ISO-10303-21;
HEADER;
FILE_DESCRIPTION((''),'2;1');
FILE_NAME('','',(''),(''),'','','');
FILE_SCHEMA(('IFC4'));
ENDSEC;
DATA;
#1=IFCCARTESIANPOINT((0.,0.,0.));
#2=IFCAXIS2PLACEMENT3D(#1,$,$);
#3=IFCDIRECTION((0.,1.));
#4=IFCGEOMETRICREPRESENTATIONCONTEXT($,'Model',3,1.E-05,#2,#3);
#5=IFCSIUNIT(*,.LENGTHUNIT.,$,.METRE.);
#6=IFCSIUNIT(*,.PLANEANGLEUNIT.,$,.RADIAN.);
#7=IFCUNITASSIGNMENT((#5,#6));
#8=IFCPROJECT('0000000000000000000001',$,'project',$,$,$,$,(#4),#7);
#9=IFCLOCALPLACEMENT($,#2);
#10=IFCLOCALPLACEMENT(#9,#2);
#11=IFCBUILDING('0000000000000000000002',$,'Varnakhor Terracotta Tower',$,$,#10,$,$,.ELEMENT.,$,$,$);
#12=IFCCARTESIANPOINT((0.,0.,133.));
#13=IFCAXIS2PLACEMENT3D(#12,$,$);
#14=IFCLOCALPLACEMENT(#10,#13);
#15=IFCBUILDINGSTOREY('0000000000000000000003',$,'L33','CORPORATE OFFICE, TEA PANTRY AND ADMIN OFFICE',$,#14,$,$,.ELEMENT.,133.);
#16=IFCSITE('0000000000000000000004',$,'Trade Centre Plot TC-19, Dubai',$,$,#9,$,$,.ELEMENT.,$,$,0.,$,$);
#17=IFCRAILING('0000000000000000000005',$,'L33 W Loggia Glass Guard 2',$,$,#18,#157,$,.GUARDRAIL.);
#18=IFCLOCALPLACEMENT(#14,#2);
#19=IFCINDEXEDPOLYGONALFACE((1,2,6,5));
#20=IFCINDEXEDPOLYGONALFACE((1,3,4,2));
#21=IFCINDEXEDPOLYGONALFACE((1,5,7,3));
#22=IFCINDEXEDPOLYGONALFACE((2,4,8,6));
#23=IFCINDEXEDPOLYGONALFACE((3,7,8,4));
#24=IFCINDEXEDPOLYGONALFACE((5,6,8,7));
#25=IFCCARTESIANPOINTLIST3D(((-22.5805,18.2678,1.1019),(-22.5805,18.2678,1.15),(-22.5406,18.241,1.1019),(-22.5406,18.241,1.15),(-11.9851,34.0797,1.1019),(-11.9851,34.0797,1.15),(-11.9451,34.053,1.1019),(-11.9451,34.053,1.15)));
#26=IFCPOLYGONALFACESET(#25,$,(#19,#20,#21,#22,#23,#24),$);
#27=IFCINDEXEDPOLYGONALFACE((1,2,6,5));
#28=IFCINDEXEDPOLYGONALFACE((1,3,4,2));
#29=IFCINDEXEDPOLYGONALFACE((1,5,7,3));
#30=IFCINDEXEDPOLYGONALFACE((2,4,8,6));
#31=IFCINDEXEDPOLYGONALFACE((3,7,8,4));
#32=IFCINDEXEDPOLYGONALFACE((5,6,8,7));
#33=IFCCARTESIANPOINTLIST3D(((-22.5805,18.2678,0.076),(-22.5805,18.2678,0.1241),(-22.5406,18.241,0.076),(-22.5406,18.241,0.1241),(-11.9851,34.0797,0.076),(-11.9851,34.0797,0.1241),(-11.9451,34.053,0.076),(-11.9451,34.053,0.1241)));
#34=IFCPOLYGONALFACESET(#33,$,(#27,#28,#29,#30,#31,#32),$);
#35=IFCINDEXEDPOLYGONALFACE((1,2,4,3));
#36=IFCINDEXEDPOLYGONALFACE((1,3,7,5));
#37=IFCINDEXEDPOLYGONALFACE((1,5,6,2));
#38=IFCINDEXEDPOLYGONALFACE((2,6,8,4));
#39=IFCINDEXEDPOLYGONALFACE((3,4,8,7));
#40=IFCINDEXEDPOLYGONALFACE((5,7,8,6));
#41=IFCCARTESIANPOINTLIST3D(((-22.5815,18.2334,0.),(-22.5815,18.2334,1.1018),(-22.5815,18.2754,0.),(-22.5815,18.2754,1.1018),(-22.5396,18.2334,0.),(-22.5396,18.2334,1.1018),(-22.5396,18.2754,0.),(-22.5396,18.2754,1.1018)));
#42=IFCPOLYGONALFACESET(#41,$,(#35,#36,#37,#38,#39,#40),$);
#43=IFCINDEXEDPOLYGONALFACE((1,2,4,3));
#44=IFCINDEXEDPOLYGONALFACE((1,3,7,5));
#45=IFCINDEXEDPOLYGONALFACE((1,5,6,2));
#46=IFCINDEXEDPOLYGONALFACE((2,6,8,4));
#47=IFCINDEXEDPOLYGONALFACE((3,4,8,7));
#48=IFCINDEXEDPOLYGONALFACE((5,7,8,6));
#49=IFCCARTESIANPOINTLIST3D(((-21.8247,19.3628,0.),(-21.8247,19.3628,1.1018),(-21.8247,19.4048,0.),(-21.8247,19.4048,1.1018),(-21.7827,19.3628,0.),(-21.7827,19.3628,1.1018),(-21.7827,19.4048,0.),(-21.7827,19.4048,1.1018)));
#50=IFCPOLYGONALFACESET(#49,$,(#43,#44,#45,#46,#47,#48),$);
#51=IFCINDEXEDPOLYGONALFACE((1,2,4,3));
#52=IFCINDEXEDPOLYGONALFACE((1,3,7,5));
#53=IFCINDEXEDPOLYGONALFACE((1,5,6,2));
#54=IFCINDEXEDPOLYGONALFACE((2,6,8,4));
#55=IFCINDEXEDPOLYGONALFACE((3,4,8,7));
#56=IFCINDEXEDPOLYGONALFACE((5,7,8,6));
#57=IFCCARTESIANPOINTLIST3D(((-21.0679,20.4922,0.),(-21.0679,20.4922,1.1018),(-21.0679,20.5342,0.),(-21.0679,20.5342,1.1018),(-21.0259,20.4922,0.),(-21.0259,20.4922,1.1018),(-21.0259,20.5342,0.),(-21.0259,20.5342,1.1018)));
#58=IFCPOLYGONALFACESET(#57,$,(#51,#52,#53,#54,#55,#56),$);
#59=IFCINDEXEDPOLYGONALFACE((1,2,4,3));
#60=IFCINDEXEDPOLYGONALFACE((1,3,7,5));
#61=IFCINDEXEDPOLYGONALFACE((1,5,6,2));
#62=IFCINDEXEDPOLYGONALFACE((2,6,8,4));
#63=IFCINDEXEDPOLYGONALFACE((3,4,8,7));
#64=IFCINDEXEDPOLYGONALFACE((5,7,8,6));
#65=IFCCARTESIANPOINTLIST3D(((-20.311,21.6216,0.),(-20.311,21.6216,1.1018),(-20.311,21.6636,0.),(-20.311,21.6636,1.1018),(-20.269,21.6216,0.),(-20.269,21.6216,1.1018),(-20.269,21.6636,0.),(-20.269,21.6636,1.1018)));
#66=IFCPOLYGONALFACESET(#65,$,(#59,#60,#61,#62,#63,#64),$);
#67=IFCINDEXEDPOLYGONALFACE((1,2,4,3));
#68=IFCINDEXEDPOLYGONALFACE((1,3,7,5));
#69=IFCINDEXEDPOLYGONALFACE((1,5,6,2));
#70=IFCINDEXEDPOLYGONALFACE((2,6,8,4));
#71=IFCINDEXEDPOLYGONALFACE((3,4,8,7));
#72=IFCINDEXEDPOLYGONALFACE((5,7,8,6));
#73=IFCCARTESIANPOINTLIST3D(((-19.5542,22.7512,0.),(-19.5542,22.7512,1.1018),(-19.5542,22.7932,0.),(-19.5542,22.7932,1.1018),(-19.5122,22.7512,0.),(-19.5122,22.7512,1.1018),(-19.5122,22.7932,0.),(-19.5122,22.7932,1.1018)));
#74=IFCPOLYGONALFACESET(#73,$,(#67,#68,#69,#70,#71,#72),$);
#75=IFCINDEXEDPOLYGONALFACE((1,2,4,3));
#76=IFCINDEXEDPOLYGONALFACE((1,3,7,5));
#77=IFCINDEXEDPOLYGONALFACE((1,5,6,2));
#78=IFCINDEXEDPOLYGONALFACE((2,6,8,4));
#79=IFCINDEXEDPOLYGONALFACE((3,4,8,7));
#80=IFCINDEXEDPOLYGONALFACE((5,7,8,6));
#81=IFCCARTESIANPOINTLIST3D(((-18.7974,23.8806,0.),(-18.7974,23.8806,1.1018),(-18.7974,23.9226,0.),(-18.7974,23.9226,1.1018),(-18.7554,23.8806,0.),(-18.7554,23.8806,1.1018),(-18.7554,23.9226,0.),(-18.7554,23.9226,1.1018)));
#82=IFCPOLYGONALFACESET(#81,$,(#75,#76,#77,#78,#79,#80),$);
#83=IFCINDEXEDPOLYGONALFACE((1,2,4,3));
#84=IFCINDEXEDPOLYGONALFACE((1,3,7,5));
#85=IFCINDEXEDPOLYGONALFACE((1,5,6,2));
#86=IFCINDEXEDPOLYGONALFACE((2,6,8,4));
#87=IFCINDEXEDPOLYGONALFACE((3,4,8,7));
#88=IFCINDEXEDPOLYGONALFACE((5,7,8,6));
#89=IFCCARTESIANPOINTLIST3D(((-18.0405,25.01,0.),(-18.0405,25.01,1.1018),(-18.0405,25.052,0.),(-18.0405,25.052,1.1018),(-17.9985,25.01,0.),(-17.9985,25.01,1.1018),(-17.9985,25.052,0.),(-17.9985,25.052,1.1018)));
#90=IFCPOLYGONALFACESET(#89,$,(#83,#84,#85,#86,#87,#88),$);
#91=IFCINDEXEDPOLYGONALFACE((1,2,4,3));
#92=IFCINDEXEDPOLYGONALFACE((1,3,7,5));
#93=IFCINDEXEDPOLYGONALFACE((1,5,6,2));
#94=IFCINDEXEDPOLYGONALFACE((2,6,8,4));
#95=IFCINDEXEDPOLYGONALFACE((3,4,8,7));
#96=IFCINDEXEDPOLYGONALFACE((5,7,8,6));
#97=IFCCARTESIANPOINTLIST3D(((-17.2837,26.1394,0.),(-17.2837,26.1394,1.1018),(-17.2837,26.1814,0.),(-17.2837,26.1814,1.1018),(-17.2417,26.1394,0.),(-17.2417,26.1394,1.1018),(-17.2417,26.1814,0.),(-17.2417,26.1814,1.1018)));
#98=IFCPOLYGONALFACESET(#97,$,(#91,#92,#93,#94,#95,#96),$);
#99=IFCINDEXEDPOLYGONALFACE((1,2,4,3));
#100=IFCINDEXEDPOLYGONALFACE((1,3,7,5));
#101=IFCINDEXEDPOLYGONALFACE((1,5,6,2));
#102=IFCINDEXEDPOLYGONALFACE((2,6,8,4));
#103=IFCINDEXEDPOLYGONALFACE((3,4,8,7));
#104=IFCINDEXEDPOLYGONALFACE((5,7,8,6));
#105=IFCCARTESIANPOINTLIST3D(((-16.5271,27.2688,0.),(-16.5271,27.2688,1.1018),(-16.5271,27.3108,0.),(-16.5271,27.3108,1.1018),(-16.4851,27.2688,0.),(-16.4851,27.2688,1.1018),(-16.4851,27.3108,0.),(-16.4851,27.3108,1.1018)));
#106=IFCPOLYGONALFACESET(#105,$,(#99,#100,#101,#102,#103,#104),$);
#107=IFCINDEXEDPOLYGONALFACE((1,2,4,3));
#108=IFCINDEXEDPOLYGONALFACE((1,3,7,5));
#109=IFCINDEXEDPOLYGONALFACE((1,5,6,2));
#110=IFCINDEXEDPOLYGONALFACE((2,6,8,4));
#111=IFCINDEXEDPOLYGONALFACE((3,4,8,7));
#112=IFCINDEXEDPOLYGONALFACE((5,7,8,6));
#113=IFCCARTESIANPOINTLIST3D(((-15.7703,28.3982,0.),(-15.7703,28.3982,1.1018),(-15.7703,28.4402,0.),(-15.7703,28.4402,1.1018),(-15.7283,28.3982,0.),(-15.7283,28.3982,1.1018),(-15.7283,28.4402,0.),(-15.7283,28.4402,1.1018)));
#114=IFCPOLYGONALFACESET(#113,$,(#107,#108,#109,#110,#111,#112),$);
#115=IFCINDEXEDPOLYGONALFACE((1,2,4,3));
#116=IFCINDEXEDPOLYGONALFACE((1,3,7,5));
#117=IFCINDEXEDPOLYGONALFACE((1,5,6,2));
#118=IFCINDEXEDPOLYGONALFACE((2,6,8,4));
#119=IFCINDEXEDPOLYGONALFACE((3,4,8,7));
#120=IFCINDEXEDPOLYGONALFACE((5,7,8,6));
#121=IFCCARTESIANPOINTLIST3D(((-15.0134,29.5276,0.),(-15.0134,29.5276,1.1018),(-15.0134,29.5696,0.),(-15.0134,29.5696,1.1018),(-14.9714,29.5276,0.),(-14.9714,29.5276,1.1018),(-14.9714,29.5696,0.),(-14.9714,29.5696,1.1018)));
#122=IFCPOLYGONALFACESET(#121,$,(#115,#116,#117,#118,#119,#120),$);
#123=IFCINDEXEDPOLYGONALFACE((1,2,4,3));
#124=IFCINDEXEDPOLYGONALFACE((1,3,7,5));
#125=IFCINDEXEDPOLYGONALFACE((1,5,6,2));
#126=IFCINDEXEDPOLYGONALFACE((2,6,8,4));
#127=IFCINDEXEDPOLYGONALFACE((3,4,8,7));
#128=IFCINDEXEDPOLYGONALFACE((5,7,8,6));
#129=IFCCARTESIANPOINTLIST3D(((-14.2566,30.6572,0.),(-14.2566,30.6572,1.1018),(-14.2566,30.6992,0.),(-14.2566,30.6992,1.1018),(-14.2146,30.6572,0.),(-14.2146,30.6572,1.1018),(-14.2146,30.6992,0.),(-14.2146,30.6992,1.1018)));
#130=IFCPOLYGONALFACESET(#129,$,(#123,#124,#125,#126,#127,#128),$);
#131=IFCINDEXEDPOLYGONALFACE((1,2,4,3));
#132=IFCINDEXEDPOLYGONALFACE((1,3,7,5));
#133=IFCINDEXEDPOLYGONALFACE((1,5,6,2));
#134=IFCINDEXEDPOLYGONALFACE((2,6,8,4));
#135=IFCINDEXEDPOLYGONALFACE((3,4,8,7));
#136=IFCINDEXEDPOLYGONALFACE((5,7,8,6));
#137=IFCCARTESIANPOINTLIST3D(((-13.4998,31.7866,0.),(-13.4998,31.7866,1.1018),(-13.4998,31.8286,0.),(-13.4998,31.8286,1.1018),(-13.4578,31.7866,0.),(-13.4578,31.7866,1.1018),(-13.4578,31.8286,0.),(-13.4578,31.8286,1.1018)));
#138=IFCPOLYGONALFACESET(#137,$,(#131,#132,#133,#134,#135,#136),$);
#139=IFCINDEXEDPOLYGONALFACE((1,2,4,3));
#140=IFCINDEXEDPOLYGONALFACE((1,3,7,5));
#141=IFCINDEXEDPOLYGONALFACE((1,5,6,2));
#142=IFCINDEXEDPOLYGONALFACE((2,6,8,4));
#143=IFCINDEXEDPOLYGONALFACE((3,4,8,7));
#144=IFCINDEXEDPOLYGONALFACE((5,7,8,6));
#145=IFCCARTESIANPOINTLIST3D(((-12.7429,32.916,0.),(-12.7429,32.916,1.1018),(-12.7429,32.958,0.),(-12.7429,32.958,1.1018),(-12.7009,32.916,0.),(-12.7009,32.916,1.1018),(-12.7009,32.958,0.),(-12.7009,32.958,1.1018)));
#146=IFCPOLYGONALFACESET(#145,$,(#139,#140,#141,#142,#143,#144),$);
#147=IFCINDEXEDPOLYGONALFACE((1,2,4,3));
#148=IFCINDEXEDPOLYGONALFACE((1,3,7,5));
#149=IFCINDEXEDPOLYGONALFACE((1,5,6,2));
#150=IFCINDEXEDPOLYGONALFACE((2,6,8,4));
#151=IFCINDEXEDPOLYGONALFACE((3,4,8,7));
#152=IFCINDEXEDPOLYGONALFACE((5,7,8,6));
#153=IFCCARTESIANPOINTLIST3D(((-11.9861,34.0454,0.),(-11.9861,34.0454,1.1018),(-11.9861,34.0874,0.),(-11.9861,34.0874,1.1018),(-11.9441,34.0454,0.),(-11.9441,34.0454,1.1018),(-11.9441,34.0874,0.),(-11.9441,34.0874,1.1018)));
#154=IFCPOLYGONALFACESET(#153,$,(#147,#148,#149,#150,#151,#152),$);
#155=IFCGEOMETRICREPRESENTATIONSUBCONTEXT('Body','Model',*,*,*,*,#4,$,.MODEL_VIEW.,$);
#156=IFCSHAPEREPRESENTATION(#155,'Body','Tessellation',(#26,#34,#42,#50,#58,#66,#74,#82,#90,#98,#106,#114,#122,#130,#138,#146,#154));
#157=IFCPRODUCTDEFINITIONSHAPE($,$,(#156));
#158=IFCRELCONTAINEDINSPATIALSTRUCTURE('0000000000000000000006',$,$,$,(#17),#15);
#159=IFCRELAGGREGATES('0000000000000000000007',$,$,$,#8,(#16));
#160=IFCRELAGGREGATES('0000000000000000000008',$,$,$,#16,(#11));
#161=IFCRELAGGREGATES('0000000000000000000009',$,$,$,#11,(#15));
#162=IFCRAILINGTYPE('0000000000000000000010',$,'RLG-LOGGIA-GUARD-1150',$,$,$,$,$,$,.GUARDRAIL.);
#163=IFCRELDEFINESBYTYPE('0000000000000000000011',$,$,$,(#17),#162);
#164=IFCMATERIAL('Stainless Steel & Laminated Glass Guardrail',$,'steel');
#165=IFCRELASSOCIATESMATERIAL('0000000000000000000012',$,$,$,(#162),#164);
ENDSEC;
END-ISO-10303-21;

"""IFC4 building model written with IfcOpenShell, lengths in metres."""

from ifc_helpers import new_model, si_unit, direction, frame, origin, origin_2d, place, context, subcontext, project, spatial, rectangle, extrude, material, type_object, element, save


model = new_model("IFC4")

# Units and contexts
model_context = context("Model", 3, precision=1e-05, world=origin(), true_north=direction((0.0, 1.0)))
body_context = subcontext(model_context, "Body", "Model", "MODEL_VIEW")
ifc_project = project(units=[si_unit("LENGTHUNIT", "METRE"), si_unit("PLANEANGLEUNIT", "RADIAN")], contexts=[model_context])

# Site, building, storey
site_placement = place(None, origin())
site = spatial("IfcSite", under=ifc_project, at=site_placement, Name="Trade Centre Plot TC-19, Dubai", CompositionType="ELEMENT", RefElevation=0.0)
building_placement = place(site_placement, origin())
building = spatial("IfcBuilding", under=site, at=building_placement, Name="Varnakhor Terracotta Tower", CompositionType="ELEMENT")
storey_placement = place(building_placement, frame((0.0, 0.0, 133.0)))
storey = spatial("IfcBuildingStorey", under=building, at=storey_placement, Name="L33", Description="CORPORATE OFFICE, TEA PANTRY AND ADMIN OFFICE", CompositionType="ELEMENT", Elevation=133.0)

# Railing
ifc_material_1 = material(Name="Stainless Steel & Laminated Glass Guardrail", Category="steel")
railing_type = type_object("IfcRailingType", Name="RLG-LOGGIA-GUARD-1150", PredefinedType="GUARDRAIL", material=ifc_material_1)
railing_1_placement = place(storey_placement, frame((-22.5605, 18.2544, 0.0)))
element("IfcRailing", 1, at=railing_1_placement, inside=storey, type_object=railing_type, Name="L33 W Loggia Glass Guard 2", PredefinedType="GUARDRAIL", context=body_context, shape_type="SweptSolid", body=[
    extrude(rectangle(XDim=0.0481, YDim=0.0481, at=origin_2d()), frame((0.0, 0.0, 1.126), z_axis=(0.556667, 0.830736, 0.0), x_axis=(-0.830736, 0.556667, 0.0)), (0.0, 0.0, 1.0), 19.0337),
    extrude(rectangle(XDim=0.0481, YDim=0.0481, at=origin_2d()), frame((0.0, 0.0, 0.1001), z_axis=(0.556667, 0.830736, 0.0), x_axis=(-0.830736, 0.556667, 0.0)), (0.0, 0.0, 1.0), 19.0337),
    extrude(rectangle(XDim=0.042, YDim=0.042, at=origin_2d()), origin(), (0.0, 0.0, 1.0), 1.1018),
    extrude(rectangle(XDim=0.042, YDim=0.042, at=origin_2d()), frame((0.7568, 1.1294, 0.0)), (0.0, 0.0, 1.0), 1.1018),
    extrude(rectangle(XDim=0.042, YDim=0.042, at=origin_2d()), frame((1.5137, 2.2588, 0.0)), (0.0, 0.0, 1.0), 1.1018),
    extrude(rectangle(XDim=0.042, YDim=0.042, at=origin_2d()), frame((2.2705, 3.3882, 0.0)), (0.0, 0.0, 1.0), 1.1018),
    extrude(rectangle(XDim=0.042, YDim=0.042, at=origin_2d()), frame((3.0273, 4.5178, 0.0)), (0.0, 0.0, 1.0), 1.1018),
    extrude(rectangle(XDim=0.042, YDim=0.042, at=origin_2d()), frame((3.7842, 5.6472, 0.0)), (0.0, 0.0, 1.0), 1.1018),
    extrude(rectangle(XDim=0.042, YDim=0.042, at=origin_2d()), frame((4.541, 6.7766, 0.0)), (0.0, 0.0, 1.0), 1.1018),
    extrude(rectangle(XDim=0.042, YDim=0.042, at=origin_2d()), frame((5.2979, 7.906, 0.0)), (0.0, 0.0, 1.0), 1.1018),
    extrude(rectangle(XDim=0.042, YDim=0.042, at=origin_2d()), frame((6.0544, 9.0354, 0.0)), (0.0, 0.0, 1.0), 1.1018),
    extrude(rectangle(XDim=0.042, YDim=0.042, at=origin_2d()), frame((6.8113, 10.1648, 0.0)), (0.0, 0.0, 1.0), 1.1018),
    extrude(rectangle(XDim=0.042, YDim=0.042, at=origin_2d()), frame((7.5681, 11.2942, 0.0)), (0.0, 0.0, 1.0), 1.1018),
    extrude(rectangle(XDim=0.042, YDim=0.042, at=origin_2d()), frame((8.325, 12.4238, 0.0)), (0.0, 0.0, 1.0), 1.1018),
    extrude(rectangle(XDim=0.042, YDim=0.042, at=origin_2d()), frame((9.0818, 13.5532, 0.0)), (0.0, 0.0, 1.0), 1.1018),
    extrude(rectangle(XDim=0.042, YDim=0.042, at=origin_2d()), frame((9.8386, 14.6826, 0.0)), (0.0, 0.0, 1.0), 1.1018),
    extrude(rectangle(XDim=0.042, YDim=0.042, at=origin_2d()), frame((10.5955, 15.812, 0.0)), (0.0, 0.0, 1.0), 1.1018),
])

save(model, "model.ifc")
